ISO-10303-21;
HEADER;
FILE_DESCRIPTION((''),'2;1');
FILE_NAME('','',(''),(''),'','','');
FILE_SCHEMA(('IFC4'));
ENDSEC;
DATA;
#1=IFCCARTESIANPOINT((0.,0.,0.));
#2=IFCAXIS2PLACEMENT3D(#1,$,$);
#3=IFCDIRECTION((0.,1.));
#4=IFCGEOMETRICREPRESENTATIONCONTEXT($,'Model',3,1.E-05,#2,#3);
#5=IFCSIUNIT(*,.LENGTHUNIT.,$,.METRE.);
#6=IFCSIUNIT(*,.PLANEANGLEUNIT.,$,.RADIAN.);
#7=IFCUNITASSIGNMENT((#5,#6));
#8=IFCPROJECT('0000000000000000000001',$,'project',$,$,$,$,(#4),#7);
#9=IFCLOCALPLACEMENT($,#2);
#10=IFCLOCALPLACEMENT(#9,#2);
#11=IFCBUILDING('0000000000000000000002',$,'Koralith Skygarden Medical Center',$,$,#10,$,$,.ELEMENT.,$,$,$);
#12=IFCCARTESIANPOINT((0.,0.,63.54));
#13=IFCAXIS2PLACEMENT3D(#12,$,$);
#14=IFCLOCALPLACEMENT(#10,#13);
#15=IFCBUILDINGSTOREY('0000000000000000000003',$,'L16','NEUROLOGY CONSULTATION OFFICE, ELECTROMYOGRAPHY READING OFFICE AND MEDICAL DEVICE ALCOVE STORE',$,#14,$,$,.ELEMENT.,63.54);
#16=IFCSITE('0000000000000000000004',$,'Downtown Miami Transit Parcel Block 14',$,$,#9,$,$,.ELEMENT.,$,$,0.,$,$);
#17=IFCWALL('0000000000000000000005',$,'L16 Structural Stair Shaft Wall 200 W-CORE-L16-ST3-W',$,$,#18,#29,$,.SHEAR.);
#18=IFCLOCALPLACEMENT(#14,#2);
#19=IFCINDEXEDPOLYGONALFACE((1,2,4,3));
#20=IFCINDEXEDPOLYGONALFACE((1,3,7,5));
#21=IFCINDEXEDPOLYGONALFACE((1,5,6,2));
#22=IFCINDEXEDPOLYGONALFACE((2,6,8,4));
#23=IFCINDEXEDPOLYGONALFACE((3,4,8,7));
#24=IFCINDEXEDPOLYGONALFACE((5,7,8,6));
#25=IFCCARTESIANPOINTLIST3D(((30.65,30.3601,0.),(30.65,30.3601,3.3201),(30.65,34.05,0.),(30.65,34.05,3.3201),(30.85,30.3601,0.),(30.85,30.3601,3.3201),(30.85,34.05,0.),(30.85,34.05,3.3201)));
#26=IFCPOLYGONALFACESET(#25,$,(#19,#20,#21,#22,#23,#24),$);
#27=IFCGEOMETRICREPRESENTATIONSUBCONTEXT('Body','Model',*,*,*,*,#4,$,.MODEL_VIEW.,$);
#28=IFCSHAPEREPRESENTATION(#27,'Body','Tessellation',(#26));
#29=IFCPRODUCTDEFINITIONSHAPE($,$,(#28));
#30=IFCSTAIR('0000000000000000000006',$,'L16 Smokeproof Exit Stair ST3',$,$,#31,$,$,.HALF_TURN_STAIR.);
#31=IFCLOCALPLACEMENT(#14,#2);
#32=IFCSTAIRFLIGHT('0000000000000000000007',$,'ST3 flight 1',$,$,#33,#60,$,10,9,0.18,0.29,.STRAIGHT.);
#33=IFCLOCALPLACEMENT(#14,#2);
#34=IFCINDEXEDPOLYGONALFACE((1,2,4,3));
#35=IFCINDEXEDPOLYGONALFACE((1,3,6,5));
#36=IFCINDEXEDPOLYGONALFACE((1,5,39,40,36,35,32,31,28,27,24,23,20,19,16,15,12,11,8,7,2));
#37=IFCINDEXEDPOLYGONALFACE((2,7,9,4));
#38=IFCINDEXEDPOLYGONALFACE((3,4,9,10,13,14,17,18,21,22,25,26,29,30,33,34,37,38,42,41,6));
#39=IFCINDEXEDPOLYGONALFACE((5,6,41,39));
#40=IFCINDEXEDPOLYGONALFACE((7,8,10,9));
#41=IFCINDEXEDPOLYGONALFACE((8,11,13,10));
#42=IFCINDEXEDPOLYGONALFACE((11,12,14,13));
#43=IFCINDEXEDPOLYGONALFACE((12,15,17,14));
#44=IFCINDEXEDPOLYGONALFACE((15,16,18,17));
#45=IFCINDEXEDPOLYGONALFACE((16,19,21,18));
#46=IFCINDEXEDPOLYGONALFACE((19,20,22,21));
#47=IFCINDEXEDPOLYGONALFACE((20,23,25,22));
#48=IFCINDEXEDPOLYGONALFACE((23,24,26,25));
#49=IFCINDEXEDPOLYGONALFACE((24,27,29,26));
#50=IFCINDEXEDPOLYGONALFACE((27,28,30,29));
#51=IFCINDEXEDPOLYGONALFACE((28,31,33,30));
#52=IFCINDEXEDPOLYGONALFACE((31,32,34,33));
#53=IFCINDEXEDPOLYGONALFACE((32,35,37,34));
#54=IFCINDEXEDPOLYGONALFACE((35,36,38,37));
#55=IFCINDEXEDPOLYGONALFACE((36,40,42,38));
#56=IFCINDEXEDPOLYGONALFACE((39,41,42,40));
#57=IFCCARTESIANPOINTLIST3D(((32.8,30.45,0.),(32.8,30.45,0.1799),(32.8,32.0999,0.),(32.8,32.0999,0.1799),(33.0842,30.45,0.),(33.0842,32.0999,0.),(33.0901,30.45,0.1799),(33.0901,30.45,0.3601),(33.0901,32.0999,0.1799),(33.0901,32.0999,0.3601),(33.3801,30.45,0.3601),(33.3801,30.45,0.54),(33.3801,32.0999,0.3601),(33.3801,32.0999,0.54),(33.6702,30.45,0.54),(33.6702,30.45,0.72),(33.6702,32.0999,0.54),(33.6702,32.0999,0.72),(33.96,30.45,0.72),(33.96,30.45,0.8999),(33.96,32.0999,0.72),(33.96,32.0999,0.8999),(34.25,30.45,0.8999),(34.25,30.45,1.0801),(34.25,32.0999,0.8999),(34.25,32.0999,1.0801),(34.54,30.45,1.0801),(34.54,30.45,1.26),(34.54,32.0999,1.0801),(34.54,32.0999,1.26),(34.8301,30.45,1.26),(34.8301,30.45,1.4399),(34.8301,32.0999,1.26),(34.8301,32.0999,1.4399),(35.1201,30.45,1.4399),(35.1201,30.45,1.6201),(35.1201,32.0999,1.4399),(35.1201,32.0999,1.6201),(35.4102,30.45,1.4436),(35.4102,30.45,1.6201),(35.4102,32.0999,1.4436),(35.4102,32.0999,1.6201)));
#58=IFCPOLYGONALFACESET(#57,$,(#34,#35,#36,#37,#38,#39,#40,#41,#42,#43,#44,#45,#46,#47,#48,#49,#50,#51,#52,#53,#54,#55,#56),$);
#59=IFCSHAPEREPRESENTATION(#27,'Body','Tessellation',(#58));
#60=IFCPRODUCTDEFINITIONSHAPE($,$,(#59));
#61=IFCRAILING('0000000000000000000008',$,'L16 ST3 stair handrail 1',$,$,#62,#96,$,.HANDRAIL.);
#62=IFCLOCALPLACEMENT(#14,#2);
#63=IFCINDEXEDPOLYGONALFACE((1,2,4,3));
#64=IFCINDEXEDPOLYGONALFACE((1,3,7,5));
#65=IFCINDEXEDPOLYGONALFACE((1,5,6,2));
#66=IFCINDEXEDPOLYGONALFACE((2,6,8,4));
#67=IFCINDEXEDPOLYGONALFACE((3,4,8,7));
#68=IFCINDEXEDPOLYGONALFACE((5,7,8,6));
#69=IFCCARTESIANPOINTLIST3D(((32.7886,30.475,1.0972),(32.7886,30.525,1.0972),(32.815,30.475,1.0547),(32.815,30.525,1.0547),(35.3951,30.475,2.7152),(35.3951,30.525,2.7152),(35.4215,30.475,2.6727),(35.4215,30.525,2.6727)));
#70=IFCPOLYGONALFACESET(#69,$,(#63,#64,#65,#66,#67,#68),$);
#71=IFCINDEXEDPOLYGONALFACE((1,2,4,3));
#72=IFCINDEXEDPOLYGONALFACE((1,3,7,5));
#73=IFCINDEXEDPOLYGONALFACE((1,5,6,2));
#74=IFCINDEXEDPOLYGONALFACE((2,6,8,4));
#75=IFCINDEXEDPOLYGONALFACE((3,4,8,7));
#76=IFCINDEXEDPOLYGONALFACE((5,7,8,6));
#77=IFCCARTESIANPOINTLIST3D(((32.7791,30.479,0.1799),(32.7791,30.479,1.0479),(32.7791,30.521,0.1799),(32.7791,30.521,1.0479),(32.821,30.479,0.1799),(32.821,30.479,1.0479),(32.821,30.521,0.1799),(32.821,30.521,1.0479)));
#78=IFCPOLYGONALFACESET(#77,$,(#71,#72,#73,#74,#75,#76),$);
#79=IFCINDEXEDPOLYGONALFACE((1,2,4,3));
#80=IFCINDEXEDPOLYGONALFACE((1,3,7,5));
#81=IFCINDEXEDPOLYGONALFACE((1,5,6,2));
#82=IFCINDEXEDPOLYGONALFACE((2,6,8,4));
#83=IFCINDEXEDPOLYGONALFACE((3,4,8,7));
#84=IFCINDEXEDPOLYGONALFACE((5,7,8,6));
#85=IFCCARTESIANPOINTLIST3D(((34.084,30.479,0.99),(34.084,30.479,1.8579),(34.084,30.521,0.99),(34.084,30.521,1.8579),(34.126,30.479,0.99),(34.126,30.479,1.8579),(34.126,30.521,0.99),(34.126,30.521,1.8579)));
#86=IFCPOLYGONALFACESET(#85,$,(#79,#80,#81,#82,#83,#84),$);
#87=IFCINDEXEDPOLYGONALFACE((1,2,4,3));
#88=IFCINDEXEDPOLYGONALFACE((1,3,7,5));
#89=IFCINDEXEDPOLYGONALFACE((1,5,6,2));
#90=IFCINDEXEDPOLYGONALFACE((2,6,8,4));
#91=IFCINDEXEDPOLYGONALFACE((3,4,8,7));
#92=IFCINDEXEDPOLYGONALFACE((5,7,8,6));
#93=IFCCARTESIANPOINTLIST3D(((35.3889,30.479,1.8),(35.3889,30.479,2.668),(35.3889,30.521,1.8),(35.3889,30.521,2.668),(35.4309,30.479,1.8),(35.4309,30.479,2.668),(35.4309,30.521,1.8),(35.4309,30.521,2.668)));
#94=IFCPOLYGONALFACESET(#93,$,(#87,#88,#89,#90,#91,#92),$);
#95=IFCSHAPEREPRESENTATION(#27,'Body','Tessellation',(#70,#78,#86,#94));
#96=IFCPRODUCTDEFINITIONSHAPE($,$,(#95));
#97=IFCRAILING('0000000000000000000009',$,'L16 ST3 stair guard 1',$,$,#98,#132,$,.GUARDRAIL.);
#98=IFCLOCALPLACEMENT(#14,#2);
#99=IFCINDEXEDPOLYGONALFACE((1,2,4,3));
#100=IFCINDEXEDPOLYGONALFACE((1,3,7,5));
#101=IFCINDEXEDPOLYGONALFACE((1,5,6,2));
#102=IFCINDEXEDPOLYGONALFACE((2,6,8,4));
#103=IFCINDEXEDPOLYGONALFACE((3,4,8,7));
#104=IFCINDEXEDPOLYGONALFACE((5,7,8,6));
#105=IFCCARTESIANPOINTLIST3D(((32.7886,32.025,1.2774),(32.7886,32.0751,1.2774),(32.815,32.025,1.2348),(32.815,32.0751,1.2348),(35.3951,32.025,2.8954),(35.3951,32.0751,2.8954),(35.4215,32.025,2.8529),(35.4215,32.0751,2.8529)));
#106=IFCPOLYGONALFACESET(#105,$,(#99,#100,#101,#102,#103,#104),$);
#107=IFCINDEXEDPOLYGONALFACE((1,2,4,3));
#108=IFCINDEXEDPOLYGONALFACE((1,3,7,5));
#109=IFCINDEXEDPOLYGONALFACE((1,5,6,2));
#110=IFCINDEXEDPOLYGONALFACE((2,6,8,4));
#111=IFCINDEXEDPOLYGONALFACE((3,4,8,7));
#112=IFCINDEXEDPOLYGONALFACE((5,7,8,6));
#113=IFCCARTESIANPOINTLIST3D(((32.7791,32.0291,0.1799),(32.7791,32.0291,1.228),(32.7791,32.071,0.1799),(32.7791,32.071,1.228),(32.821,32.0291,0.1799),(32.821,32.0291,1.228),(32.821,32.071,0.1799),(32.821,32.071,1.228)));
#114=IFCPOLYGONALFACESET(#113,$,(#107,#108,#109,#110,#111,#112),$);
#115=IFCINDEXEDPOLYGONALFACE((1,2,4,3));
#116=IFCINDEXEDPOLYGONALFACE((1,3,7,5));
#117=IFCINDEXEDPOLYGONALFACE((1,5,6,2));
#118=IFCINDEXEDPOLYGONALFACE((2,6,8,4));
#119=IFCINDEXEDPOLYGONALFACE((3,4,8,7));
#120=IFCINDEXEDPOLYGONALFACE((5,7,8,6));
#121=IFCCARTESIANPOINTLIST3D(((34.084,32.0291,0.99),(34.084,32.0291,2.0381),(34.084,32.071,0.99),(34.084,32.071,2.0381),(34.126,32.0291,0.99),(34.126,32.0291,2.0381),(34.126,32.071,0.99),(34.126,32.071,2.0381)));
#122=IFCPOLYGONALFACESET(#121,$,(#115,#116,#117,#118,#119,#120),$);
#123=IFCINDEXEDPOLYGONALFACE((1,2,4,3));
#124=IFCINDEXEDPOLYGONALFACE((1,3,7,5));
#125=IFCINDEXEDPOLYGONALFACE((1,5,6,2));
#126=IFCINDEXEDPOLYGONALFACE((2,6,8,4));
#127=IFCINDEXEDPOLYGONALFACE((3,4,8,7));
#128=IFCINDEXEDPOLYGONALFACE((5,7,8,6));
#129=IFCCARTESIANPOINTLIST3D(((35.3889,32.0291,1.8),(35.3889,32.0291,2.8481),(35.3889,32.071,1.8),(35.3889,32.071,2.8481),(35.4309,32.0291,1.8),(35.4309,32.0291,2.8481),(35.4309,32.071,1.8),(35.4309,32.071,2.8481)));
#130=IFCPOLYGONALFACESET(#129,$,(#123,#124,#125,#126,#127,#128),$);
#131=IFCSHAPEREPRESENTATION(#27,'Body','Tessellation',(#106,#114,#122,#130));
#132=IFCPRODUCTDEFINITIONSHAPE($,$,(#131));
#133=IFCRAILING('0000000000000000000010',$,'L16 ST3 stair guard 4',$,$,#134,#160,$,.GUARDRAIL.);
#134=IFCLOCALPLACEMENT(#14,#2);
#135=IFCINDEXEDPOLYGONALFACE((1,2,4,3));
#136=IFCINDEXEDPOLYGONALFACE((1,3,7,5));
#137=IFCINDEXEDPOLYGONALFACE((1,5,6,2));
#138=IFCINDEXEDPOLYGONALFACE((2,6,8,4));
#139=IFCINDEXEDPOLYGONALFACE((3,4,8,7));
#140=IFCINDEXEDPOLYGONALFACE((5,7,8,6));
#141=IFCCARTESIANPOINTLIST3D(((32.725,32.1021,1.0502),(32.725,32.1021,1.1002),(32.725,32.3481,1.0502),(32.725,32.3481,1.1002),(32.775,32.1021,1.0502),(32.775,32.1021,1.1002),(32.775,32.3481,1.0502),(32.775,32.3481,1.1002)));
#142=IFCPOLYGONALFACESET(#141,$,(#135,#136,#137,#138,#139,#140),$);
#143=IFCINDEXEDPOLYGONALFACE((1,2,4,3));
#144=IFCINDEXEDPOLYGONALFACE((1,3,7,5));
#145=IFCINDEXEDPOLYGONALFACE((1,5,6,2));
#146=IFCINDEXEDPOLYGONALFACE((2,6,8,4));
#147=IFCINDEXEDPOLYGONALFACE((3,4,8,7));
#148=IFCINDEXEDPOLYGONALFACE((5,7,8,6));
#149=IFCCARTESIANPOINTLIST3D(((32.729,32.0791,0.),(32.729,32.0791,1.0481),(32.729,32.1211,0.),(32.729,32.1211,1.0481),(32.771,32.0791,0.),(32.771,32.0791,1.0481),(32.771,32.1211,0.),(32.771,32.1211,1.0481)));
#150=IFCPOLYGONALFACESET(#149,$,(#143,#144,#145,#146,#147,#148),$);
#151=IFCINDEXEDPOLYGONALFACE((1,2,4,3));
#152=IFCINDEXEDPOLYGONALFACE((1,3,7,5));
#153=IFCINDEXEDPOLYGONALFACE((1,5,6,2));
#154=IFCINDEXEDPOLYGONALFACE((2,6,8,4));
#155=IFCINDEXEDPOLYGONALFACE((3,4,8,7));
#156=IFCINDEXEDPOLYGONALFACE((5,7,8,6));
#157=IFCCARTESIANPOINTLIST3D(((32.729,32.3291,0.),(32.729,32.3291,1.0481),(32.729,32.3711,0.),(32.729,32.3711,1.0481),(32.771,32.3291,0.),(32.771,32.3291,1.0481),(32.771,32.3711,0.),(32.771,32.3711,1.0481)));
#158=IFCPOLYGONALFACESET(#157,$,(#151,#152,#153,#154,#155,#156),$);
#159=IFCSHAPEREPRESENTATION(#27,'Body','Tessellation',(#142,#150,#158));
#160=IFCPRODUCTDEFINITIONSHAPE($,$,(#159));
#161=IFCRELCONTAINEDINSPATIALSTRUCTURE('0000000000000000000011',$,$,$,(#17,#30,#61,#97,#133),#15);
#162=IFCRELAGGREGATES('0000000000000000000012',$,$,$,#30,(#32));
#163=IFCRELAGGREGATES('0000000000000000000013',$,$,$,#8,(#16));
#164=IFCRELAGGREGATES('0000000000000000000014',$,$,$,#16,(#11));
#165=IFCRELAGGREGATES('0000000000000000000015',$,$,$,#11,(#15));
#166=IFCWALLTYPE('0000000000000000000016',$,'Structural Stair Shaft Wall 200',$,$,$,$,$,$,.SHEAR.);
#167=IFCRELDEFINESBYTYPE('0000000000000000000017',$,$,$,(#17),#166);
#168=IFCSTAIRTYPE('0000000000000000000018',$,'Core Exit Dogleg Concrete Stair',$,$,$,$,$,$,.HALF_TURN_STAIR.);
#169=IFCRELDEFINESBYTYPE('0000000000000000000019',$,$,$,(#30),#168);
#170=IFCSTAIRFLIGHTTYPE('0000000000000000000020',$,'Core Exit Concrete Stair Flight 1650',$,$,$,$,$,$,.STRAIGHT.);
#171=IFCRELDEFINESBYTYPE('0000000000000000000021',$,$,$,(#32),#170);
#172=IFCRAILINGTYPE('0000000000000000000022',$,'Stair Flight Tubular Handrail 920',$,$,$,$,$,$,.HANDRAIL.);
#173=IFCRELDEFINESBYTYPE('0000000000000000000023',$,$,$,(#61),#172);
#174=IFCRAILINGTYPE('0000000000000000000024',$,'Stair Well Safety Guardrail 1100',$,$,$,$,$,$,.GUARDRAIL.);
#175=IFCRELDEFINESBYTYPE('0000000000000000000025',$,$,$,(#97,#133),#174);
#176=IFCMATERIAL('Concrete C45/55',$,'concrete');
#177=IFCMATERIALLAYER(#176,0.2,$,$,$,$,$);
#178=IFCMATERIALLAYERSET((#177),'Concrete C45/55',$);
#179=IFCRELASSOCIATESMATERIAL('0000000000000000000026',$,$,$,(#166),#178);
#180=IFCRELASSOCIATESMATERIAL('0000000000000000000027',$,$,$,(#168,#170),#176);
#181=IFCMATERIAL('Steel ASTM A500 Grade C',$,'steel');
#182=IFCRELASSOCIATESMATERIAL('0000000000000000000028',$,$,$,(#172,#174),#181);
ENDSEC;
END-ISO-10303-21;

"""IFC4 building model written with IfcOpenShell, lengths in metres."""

from ifc_helpers import new_model, si_unit, direction, frame, frame_2d, origin, origin_2d, place, context, subcontext, project, spatial, polyline, rectangle, outline, extrude, material, layer, layer_set, type_object, element, aggregate, save


model = new_model("IFC4")

# Units and contexts
model_context = context("Model", 3, precision=1e-05, world=origin(), true_north=direction((0.0, 1.0)))
body_context = subcontext(model_context, "Body", "Model", "MODEL_VIEW")
ifc_project = project(units=[si_unit("LENGTHUNIT", "METRE"), si_unit("PLANEANGLEUNIT", "RADIAN")], contexts=[model_context])

# Site, building, storey
site_placement = place(None, origin())
site = spatial("IfcSite", under=ifc_project, at=site_placement, Name="Downtown Miami Transit Parcel Block 14", CompositionType="ELEMENT", RefElevation=0.0)
building_placement = place(site_placement, origin())
building = spatial("IfcBuilding", under=site, at=building_placement, Name="Koralith Skygarden Medical Center", CompositionType="ELEMENT")
storey_placement = place(building_placement, frame((0.0, 0.0, 63.54)))
storey = spatial("IfcBuildingStorey", under=building, at=storey_placement, Name="L16", Description="NEUROLOGY CONSULTATION OFFICE, ELECTROMYOGRAPHY READING OFFICE AND MEDICAL DEVICE ALCOVE STORE", CompositionType="ELEMENT", Elevation=63.54)

# Shared definitions
ifc_material_1 = material(Name="Concrete C45/55", Category="concrete")

# Wall
ifc_layer_1 = layer(ifc_material_1, 0.2)
ifc_layer_set_1 = layer_set([ifc_layer_1], Name="Concrete C45/55")
wall_type_1 = type_object("IfcWallType", Name="Structural Stair Shaft Wall 200", PredefinedType="SHEAR", material=ifc_layer_set_1)
wall_1_placement = place(storey_placement, frame((30.75, 30.3601, 0.0), z_axis=(0.0, 0.0, 1.0), x_axis=(0.0, 1.0, 0.0)))
element("IfcWall", 1, at=wall_1_placement, inside=storey, type_object=wall_type_1, Name="L16 Structural Stair Shaft Wall 200 W-CORE-L16-ST3-W", PredefinedType="SHEAR", context=body_context, shape_type="SweptSolid", body=[
    extrude(rectangle(XDim=3.6899, YDim=0.2, at=frame_2d((1.845, 0.0))), origin(), (0.0, 0.0, 1.0), 3.3201),
])

# Stair, stair flight
stair_type = type_object("IfcStairType", Name="Core Exit Dogleg Concrete Stair", PredefinedType="HALF_TURN_STAIR", material=ifc_material_1)
stair_placement = place(storey_placement, origin())
stair = element("IfcStair", 2, at=stair_placement, inside=storey, type_object=stair_type, Name="L16 Smokeproof Exit Stair ST3", PredefinedType="HALF_TURN_STAIR")
stair_flight_type = type_object("IfcStairFlightType", Name="Core Exit Concrete Stair Flight 1650", PredefinedType="STRAIGHT", material=ifc_material_1)
stair_flight_placement = place(storey_placement, frame((32.8, 31.2749, 0.0), z_axis=(0.0, 0.0, 1.0), x_axis=(1.0, 0.0, 0.0)))
stair_flight = element("IfcStairFlight", 3, at=stair_flight_placement, type_object=stair_flight_type, Name="ST3 flight 1", NumberOfRisers=10, NumberOfTreads=9, PredefinedType="STRAIGHT", RiserHeight=0.18, TreadLength=0.29, context=body_context, shape_type="SweptSolid", body=[
    extrude(outline(polyline([(0.0, 0.0), (0.0, 0.1799), (0.29, 0.1799), (0.29, 0.3601), (0.5801, 0.3601), (0.5801, 0.54), (0.8701, 0.54), (0.8701, 0.72), (1.1599, 0.72), (1.1599, 0.8999), (1.45, 0.8999), (1.45, 1.0801), (1.74, 1.0801), (1.74, 1.26), (2.03, 1.26), (2.03, 1.4399), (2.3201, 1.4399), (2.3201, 1.6201), (2.6101, 1.6201), (2.6101, 1.8), (2.6101, 1.4436), (0.2842, 0.0), (0.0, 0.0)])), frame((0.0, 0.825, 0.0), z_axis=(0.0, -1.0, 0.0), x_axis=(1.0, 0.0, 0.0)), (0.0, 0.0, 1.0), 1.6499),
])
aggregate(stair, [stair_flight])

# Railings
ifc_material_2 = material(Name="Steel ASTM A500 Grade C", Category="steel")
railing_type_1 = type_object("IfcRailingType", Name="Stair Flight Tubular Handrail 920", PredefinedType="HANDRAIL", material=ifc_material_2)
railing_1_placement = place(storey_placement, frame((32.8, 30.5, 0.1799)))
element("IfcRailing", 4, at=railing_1_placement, inside=storey, type_object=railing_type_1, Name="L16 ST3 stair handrail 1", PredefinedType="HANDRAIL", context=body_context, shape_type="SweptSolid", body=[
    extrude(rectangle(XDim=0.05, YDim=0.05, at=origin_2d()), frame((0.0017, 0.0, 0.896), z_axis=(0.849611, 0.0, 0.52741), x_axis=(0.0, 1.0, 0.0)), (0.0, 0.0, 1.0), 3.0679),
    extrude(rectangle(XDim=0.042, YDim=0.042, at=origin_2d()), origin(), (0.0, 0.0, 1.0), 0.8679),
    extrude(rectangle(XDim=0.042, YDim=0.042, at=origin_2d()), frame((1.3049, 0.0, 0.8101)), (0.0, 0.0, 1.0), 0.8679),
    extrude(rectangle(XDim=0.042, YDim=0.042, at=origin_2d()), frame((2.6099, 0.0, 1.6201)), (0.0, 0.0, 1.0), 0.8679),
])
railing_type_2 = type_object("IfcRailingType", Name="Stair Well Safety Guardrail 1100", PredefinedType="GUARDRAIL", material=ifc_material_2)
railing_2_placement = place(storey_placement, frame((32.8, 32.05, 0.1799)))
element("IfcRailing", 5, at=railing_2_placement, inside=storey, type_object=railing_type_2, Name="L16 ST3 stair guard 1", PredefinedType="GUARDRAIL", context=body_context, shape_type="SweptSolid", body=[
    extrude(rectangle(XDim=0.05, YDim=0.05, at=origin_2d()), frame((0.0017, 0.0, 1.0762), z_axis=(0.849611, 0.0, 0.52741), x_axis=(0.0, 1.0, 0.0)), (0.0, 0.0, 1.0), 3.0679),
    extrude(rectangle(XDim=0.042, YDim=0.042, at=origin_2d()), origin(), (0.0, 0.0, 1.0), 1.0481),
    extrude(rectangle(XDim=0.042, YDim=0.042, at=origin_2d()), frame((1.3049, 0.0, 0.8101)), (0.0, 0.0, 1.0), 1.0481),
    extrude(rectangle(XDim=0.042, YDim=0.042, at=origin_2d()), frame((2.6099, 0.0, 1.6201)), (0.0, 0.0, 1.0), 1.0481),
])
railing_3_placement = place(storey_placement, frame((32.75, 32.1001, 0.0)))
element("IfcRailing", 6, at=railing_3_placement, inside=storey, type_object=railing_type_2, Name="L16 ST3 stair guard 4", PredefinedType="GUARDRAIL", context=body_context, shape_type="SweptSolid", body=[
    extrude(rectangle(XDim=0.05, YDim=0.05, at=origin_2d()), frame((0.0, 0.002, 1.0752), z_axis=(0.0, 1.0, 0.0), x_axis=(-1.0, 0.0, 0.0)), (0.0, 0.0, 1.0), 0.2461),
    extrude(rectangle(XDim=0.042, YDim=0.042, at=origin_2d()), origin(), (0.0, 0.0, 1.0), 1.0481),
    extrude(rectangle(XDim=0.042, YDim=0.042, at=origin_2d()), frame((0.0, 0.25, 0.0)), (0.0, 0.0, 1.0), 1.0481),
])

save(model, "model.ifc")
